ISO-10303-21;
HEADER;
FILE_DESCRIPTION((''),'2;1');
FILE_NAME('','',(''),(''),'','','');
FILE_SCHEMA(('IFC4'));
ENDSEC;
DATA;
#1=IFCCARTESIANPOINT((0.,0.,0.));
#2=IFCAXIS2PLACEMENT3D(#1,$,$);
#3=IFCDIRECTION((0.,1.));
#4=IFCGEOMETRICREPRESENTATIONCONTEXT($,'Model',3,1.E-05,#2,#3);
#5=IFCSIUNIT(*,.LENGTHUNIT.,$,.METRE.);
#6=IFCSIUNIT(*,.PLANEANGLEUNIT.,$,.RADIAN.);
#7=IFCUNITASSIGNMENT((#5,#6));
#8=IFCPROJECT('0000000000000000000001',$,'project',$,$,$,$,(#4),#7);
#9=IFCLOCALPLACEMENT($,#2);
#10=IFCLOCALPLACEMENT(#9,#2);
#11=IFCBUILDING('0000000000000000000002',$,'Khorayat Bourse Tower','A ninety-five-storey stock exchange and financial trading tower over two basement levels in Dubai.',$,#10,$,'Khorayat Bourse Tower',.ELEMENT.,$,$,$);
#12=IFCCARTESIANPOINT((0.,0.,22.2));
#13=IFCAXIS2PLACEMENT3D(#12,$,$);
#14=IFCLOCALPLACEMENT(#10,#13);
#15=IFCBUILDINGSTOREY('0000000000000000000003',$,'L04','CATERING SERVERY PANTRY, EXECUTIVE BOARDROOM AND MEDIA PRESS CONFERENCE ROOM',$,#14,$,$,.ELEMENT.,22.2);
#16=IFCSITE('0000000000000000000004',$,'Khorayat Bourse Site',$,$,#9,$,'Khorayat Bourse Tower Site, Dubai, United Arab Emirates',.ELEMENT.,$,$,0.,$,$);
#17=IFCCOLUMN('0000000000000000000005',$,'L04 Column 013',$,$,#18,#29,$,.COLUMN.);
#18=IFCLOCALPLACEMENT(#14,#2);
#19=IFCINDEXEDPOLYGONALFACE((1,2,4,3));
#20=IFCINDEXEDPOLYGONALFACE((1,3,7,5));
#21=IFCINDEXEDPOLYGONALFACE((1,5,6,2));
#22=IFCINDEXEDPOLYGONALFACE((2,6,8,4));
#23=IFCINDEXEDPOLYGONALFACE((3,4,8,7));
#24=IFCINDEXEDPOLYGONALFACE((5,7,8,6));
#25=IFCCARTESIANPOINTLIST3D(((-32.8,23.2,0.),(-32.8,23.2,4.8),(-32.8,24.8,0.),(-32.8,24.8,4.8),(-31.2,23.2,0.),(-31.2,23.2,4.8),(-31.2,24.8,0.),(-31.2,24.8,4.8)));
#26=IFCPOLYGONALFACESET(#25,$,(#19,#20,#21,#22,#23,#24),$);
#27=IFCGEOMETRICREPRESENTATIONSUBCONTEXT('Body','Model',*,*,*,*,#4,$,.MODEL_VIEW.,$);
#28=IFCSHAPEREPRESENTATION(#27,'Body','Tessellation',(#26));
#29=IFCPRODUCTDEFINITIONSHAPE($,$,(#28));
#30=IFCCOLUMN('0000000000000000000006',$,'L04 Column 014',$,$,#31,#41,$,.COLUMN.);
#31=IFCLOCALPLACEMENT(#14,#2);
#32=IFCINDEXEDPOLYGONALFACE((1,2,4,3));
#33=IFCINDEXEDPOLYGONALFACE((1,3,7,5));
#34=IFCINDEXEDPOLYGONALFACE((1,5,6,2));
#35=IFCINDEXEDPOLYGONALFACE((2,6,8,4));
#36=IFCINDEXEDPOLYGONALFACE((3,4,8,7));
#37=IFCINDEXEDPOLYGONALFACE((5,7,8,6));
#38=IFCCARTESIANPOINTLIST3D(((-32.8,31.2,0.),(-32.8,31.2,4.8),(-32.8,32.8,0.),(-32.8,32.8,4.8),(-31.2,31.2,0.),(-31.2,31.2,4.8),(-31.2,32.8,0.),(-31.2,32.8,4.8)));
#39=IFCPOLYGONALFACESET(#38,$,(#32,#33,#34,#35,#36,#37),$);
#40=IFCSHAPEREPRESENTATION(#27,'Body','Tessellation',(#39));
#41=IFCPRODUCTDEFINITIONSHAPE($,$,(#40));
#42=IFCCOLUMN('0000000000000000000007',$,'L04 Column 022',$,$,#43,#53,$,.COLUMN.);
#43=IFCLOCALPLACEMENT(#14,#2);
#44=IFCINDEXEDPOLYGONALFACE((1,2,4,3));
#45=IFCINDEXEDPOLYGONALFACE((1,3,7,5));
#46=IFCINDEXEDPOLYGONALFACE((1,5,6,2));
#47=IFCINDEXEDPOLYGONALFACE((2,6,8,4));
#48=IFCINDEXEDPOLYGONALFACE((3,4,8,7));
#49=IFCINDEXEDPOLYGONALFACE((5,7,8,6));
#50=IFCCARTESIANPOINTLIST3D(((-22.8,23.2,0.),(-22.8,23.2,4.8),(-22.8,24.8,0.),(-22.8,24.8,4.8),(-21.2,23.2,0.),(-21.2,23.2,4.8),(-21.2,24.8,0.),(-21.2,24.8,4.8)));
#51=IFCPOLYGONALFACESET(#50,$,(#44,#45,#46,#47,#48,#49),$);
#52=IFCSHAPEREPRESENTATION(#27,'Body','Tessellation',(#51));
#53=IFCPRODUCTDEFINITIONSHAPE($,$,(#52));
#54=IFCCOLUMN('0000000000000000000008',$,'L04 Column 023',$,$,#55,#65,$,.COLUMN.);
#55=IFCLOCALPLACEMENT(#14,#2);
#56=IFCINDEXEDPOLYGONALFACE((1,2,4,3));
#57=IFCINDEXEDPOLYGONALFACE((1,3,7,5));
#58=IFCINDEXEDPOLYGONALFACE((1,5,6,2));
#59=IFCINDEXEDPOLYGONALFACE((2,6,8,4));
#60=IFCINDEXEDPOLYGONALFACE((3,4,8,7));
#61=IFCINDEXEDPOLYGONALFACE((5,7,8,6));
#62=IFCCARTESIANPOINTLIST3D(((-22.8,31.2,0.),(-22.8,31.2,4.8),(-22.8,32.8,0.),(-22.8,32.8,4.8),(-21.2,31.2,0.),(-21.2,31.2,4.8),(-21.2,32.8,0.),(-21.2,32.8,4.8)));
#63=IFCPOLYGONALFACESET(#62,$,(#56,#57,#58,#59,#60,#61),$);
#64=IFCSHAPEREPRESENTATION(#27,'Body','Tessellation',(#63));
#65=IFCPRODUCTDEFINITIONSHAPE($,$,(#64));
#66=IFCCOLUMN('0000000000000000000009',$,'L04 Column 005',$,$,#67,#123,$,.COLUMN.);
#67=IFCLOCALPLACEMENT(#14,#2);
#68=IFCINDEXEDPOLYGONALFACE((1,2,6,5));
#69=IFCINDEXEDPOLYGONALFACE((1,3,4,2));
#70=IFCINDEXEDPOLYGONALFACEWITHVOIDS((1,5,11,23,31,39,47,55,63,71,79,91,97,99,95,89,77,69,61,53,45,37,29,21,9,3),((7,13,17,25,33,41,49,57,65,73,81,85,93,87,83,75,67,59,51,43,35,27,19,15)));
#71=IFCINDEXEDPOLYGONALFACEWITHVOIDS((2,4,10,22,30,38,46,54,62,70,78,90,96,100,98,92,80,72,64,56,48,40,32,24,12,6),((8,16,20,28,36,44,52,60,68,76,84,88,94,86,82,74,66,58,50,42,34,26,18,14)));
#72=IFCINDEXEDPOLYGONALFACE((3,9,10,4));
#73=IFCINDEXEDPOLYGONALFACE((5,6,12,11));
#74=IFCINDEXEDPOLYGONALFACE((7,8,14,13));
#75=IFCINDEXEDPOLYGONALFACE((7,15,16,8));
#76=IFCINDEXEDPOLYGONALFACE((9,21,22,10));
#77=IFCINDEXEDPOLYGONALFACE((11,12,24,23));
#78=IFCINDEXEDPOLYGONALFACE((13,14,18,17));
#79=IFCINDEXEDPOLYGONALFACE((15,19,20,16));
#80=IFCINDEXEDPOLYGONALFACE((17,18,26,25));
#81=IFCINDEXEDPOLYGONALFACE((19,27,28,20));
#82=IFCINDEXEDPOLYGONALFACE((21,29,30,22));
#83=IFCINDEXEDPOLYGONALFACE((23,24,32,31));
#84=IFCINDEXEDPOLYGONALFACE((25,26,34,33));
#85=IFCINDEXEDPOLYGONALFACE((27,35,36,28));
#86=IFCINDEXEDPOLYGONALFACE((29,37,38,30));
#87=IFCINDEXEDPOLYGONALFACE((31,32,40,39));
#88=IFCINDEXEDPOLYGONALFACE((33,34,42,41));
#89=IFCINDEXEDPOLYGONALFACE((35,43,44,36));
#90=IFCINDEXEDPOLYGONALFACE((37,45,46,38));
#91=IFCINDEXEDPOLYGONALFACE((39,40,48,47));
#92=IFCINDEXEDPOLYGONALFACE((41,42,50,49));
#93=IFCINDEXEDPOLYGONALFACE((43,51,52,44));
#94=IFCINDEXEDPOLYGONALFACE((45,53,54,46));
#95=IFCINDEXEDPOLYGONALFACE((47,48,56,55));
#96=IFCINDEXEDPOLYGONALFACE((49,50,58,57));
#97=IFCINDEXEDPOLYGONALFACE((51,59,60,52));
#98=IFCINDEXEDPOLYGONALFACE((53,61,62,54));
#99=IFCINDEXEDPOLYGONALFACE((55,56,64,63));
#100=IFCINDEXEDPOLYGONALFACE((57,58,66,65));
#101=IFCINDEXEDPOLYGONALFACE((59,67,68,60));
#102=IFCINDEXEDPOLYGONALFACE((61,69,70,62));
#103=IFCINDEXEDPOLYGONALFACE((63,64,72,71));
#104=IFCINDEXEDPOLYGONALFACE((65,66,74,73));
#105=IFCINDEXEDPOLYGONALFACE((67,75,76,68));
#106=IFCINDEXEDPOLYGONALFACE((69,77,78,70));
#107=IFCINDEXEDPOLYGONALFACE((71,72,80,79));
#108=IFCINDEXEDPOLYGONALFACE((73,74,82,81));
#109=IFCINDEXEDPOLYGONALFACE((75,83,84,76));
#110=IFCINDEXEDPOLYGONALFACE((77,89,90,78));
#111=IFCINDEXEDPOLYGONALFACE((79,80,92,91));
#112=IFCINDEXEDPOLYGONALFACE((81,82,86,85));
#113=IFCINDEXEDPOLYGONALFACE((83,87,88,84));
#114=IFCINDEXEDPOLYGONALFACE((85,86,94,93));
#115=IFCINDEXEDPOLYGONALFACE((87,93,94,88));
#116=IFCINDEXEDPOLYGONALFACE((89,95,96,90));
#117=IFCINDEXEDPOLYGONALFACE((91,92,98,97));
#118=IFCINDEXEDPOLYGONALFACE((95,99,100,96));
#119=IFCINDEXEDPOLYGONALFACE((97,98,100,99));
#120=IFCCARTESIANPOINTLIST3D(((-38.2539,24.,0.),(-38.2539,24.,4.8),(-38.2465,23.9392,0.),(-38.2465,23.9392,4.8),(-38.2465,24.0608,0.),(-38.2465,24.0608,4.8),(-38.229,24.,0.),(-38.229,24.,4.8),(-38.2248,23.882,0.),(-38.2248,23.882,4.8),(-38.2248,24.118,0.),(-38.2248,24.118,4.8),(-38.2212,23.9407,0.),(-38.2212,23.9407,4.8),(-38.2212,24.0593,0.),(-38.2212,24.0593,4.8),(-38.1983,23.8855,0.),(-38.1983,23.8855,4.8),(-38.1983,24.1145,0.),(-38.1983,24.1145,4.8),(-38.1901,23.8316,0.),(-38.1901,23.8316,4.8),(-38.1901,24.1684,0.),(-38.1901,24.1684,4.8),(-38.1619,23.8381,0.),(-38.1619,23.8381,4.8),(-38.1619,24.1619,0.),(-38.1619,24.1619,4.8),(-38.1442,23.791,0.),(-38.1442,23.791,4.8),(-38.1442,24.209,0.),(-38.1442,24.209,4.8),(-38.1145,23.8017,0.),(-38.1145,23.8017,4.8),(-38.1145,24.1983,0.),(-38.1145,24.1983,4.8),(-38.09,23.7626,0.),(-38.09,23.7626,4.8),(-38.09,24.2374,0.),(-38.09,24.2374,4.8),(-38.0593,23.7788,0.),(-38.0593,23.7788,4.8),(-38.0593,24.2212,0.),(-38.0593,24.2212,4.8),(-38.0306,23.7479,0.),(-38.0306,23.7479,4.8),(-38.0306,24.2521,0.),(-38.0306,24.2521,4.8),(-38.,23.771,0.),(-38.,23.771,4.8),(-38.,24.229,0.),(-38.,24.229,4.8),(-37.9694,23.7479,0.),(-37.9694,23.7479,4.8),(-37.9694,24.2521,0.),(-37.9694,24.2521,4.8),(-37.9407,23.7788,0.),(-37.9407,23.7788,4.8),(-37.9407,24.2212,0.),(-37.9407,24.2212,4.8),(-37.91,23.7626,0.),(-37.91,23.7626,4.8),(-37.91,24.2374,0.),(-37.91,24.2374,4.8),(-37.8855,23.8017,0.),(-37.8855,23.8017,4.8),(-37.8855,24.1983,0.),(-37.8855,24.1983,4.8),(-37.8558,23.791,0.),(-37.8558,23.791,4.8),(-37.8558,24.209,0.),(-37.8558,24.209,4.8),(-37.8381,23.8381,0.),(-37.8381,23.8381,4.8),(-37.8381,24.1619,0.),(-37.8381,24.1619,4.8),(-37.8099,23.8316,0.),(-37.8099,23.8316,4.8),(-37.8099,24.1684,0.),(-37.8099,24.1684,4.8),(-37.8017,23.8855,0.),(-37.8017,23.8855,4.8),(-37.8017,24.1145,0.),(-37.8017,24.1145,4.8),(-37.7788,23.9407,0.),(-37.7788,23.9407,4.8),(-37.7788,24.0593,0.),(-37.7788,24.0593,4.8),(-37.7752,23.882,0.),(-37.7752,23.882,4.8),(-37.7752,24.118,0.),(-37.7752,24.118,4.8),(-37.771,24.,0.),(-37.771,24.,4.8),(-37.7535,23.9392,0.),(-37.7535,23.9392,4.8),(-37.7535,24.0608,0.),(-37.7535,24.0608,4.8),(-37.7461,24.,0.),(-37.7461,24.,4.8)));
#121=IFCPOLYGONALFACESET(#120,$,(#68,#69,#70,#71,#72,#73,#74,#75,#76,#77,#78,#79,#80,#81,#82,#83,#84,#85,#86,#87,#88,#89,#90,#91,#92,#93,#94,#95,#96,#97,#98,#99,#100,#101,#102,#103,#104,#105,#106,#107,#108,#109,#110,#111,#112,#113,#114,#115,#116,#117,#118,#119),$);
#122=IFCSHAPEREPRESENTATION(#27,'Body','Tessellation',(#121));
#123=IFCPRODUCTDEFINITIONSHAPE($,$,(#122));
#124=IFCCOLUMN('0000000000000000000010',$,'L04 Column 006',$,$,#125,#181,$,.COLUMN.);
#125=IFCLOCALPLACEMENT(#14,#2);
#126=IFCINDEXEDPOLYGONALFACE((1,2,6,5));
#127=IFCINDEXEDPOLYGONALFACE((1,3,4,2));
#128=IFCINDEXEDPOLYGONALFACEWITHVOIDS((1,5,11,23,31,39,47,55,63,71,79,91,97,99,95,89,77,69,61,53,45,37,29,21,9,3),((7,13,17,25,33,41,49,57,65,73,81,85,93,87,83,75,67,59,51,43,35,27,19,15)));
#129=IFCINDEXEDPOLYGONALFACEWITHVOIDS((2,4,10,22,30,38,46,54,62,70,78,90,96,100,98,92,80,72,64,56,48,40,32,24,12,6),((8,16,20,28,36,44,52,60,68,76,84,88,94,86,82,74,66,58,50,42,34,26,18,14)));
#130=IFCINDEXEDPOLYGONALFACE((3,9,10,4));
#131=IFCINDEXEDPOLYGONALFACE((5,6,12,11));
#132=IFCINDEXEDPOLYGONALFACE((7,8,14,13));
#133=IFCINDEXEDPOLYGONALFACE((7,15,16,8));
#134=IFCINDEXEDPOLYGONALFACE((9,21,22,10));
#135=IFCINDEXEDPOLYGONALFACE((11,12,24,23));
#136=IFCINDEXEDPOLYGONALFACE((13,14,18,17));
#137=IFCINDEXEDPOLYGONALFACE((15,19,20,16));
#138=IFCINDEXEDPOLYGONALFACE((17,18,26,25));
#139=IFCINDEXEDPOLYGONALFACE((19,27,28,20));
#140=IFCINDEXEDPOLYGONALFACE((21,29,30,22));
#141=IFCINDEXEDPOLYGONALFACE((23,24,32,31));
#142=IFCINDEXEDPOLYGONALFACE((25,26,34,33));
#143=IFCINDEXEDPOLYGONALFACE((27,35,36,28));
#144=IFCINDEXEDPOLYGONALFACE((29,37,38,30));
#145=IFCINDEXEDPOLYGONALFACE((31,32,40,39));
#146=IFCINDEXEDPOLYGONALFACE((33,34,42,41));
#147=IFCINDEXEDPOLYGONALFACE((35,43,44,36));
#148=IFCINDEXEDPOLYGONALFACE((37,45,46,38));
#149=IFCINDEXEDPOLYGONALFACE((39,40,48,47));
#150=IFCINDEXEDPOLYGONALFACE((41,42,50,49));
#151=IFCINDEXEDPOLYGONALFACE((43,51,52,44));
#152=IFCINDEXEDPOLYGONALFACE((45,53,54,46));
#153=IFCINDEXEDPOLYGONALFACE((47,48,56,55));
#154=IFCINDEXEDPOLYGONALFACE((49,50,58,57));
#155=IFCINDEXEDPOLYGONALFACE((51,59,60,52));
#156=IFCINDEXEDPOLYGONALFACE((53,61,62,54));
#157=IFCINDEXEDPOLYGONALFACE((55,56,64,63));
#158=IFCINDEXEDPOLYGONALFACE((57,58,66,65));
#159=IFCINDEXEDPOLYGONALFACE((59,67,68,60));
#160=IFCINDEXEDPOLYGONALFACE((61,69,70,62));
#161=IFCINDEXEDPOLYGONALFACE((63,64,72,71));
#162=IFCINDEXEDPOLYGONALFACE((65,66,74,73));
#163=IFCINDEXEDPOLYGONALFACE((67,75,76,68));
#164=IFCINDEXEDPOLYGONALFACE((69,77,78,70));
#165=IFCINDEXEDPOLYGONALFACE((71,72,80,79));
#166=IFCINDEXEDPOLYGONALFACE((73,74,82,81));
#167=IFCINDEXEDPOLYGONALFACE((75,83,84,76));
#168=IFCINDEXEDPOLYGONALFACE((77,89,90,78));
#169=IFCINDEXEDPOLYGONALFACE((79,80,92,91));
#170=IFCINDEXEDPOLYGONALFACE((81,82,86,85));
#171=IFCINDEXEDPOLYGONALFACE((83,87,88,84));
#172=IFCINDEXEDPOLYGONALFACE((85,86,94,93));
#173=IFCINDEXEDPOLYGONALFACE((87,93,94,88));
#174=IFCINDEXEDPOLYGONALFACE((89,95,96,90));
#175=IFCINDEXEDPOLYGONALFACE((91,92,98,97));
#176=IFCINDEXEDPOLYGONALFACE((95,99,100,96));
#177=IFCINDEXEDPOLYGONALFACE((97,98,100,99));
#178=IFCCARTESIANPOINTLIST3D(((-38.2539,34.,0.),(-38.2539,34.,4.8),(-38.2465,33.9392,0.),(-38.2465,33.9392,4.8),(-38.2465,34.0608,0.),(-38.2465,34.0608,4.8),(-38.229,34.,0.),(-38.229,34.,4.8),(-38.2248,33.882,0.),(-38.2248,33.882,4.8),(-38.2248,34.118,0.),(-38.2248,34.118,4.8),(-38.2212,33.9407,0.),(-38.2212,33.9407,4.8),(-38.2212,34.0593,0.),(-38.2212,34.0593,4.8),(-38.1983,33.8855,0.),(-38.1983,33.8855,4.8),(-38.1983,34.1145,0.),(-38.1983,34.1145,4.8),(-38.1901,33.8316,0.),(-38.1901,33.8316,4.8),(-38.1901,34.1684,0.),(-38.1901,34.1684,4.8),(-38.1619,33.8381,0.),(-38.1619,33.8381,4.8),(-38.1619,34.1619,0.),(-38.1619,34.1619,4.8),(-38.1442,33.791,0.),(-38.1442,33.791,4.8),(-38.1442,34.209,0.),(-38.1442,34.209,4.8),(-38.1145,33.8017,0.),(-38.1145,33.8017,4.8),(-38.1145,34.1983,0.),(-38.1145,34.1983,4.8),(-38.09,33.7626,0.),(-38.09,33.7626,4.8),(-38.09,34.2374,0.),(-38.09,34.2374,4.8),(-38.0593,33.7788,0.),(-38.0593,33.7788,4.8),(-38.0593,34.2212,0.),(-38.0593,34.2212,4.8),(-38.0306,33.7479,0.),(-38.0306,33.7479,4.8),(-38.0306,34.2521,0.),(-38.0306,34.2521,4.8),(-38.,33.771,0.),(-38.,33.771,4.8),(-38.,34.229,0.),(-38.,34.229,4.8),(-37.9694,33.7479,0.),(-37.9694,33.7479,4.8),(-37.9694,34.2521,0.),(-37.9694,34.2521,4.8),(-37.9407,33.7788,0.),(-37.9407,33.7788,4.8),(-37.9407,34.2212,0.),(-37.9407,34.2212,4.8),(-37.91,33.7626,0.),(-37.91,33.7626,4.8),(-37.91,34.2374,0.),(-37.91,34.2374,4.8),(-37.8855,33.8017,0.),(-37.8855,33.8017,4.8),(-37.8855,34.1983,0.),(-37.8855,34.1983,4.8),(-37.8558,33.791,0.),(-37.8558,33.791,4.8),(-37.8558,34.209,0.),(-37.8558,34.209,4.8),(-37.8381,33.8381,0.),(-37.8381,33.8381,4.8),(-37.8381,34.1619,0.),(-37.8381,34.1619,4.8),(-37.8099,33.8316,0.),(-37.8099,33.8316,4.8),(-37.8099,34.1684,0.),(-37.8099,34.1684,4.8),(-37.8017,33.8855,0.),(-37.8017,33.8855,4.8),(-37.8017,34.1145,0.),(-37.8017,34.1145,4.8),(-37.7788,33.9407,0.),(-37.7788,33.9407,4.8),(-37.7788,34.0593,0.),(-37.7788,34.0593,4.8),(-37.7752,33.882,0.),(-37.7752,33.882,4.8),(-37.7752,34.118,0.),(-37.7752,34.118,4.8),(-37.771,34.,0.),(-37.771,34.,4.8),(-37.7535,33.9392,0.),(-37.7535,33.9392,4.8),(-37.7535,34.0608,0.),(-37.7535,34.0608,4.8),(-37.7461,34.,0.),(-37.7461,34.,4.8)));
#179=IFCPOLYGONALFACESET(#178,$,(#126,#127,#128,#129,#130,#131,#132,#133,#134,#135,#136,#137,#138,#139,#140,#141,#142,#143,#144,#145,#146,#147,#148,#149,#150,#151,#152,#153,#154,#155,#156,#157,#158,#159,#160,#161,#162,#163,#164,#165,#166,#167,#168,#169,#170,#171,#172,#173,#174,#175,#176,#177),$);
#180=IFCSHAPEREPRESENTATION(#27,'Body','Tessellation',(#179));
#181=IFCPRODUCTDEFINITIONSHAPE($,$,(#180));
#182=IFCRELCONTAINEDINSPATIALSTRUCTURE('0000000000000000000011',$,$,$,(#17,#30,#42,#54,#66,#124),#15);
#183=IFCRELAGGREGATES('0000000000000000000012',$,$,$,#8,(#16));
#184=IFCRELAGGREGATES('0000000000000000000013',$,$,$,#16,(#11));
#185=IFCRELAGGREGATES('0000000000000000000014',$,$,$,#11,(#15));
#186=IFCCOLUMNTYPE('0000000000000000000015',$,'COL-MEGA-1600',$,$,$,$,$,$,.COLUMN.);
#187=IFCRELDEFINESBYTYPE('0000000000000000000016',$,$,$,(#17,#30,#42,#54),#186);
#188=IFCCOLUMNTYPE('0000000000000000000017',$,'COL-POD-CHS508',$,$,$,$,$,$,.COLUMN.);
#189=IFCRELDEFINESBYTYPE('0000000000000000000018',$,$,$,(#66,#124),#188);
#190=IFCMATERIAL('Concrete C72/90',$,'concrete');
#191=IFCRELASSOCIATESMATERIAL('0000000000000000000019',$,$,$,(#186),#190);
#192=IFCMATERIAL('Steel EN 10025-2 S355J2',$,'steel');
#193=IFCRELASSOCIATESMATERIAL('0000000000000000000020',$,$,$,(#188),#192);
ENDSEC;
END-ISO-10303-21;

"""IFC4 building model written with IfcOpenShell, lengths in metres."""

from ifc_helpers import new_model, si_unit, direction, frame, origin, origin_2d, place, context, subcontext, project, spatial, rectangle, hollow_circle, extrude, source, transform, mapped, material, material_profile, profile_set, type_object, element, save


model = new_model("IFC4")

# Units and contexts
model_context = context("Model", 3, precision=1e-05, world=origin(), true_north=direction((0.0, 1.0)))
body_context = subcontext(model_context, "Body", "Model", "MODEL_VIEW")
ifc_project = project(units=[si_unit("LENGTHUNIT", "METRE"), si_unit("PLANEANGLEUNIT", "RADIAN")], contexts=[model_context])

# Site, building, storey
site_placement = place(None, origin())
site = spatial("IfcSite", under=ifc_project, at=site_placement, Name="Khorayat Bourse Site", LongName="Khorayat Bourse Tower Site, Dubai, United Arab Emirates", CompositionType="ELEMENT", RefElevation=0.0)
building_placement = place(site_placement, origin())
building = spatial("IfcBuilding", under=site, at=building_placement, Name="Khorayat Bourse Tower", Description="A ninety-five-storey stock exchange and financial trading tower over two basement levels in Dubai.", LongName="Khorayat Bourse Tower", CompositionType="ELEMENT")
storey_placement = place(building_placement, frame((0.0, 0.0, 22.2)))
storey = spatial("IfcBuildingStorey", under=building, at=storey_placement, Name="L04", Description="CATERING SERVERY PANTRY, EXECUTIVE BOARDROOM AND MEDIA PRESS CONFERENCE ROOM", CompositionType="ELEMENT", Elevation=22.2)

# Columns
ifc_material_1 = material(Name="Concrete C72/90", Category="concrete")
ifc_material_profile_1 = material_profile(ifc_material_1, rectangle(XDim=1.6001, YDim=1.6001, at=origin_2d()), Name="RC 1600x1600")
ifc_profile_set_1 = profile_set([ifc_material_profile_1], Name="Concrete C72/90")
column_type_1 = type_object("IfcColumnType", Name="COL-MEGA-1600", PredefinedType="COLUMN", material=ifc_profile_set_1)
shared_shape_1 = source(origin(), body_context, "Body", "SweptSolid", [
    extrude(rectangle(XDim=1.6001, YDim=1.6001, at=origin_2d()), origin(), (0.0, 0.0, 1.0), 4.8),
])
for number, where, z_axis, x_axis, name in (
    (1, (-32.0, 24.0, 0.0), (0.0, 0.0, 1.0), (1.0, 0.0, 0.0), "L04 Column 013"),
    (2, (-32.0, 32.0, 0.0), (0.0, 0.0, 1.0), (1.0, 0.0, 0.0), "L04 Column 014"),
    (3, (-22.0, 24.0, 0.0), (0.0, 0.0, 1.0), (1.0, 0.0, 0.0), "L04 Column 022"),
    (4, (-22.0, 32.0, 0.0), (0.0, 0.0, 1.0), (1.0, 0.0, 0.0), "L04 Column 023"),
):
    element("IfcColumn", number, at=place(storey_placement, frame(where, z_axis=z_axis, x_axis=x_axis)), inside=storey, type_object=column_type_1, Name=name, PredefinedType="COLUMN", context=body_context, shape_type="MappedRepresentation", body=[
        mapped(shared_shape_1, transform((0.0, 0.0, 0.0), scale=1.0)),
    ])
ifc_material_2 = material(Name="Steel EN 10025-2 S355J2", Category="steel")
ifc_material_profile_2 = material_profile(ifc_material_2, hollow_circle(Radius=0.2539, WallThickness=0.0249, at=origin_2d()), Name="CHS 508x25")
ifc_profile_set_2 = profile_set([ifc_material_profile_2], Name="Steel EN 10025-2 S355J2")
column_type_2 = type_object("IfcColumnType", Name="COL-POD-CHS508", PredefinedType="COLUMN", material=ifc_profile_set_2)
shared_shape_2 = source(origin(), body_context, "Body", "SweptSolid", [
    extrude(hollow_circle(Radius=0.2539, WallThickness=0.0249, at=origin_2d()), origin(), (0.0, 0.0, 1.0), 4.8),
])
for number, where, z_axis, x_axis, name in (
    (5, (-38.0, 24.0, 0.0), (0.0, 0.0, 1.0), (1.0, 0.0, 0.0), "L04 Column 005"),
    (6, (-38.0, 34.0, 0.0), (0.0, 0.0, 1.0), (1.0, 0.0, 0.0), "L04 Column 006"),
):
    element("IfcColumn", number, at=place(storey_placement, frame(where, z_axis=z_axis, x_axis=x_axis)), inside=storey, type_object=column_type_2, Name=name, PredefinedType="COLUMN", context=body_context, shape_type="MappedRepresentation", body=[
        mapped(shared_shape_2, transform((0.0, 0.0, 0.0), scale=1.0)),
    ])

save(model, "model.ifc")
